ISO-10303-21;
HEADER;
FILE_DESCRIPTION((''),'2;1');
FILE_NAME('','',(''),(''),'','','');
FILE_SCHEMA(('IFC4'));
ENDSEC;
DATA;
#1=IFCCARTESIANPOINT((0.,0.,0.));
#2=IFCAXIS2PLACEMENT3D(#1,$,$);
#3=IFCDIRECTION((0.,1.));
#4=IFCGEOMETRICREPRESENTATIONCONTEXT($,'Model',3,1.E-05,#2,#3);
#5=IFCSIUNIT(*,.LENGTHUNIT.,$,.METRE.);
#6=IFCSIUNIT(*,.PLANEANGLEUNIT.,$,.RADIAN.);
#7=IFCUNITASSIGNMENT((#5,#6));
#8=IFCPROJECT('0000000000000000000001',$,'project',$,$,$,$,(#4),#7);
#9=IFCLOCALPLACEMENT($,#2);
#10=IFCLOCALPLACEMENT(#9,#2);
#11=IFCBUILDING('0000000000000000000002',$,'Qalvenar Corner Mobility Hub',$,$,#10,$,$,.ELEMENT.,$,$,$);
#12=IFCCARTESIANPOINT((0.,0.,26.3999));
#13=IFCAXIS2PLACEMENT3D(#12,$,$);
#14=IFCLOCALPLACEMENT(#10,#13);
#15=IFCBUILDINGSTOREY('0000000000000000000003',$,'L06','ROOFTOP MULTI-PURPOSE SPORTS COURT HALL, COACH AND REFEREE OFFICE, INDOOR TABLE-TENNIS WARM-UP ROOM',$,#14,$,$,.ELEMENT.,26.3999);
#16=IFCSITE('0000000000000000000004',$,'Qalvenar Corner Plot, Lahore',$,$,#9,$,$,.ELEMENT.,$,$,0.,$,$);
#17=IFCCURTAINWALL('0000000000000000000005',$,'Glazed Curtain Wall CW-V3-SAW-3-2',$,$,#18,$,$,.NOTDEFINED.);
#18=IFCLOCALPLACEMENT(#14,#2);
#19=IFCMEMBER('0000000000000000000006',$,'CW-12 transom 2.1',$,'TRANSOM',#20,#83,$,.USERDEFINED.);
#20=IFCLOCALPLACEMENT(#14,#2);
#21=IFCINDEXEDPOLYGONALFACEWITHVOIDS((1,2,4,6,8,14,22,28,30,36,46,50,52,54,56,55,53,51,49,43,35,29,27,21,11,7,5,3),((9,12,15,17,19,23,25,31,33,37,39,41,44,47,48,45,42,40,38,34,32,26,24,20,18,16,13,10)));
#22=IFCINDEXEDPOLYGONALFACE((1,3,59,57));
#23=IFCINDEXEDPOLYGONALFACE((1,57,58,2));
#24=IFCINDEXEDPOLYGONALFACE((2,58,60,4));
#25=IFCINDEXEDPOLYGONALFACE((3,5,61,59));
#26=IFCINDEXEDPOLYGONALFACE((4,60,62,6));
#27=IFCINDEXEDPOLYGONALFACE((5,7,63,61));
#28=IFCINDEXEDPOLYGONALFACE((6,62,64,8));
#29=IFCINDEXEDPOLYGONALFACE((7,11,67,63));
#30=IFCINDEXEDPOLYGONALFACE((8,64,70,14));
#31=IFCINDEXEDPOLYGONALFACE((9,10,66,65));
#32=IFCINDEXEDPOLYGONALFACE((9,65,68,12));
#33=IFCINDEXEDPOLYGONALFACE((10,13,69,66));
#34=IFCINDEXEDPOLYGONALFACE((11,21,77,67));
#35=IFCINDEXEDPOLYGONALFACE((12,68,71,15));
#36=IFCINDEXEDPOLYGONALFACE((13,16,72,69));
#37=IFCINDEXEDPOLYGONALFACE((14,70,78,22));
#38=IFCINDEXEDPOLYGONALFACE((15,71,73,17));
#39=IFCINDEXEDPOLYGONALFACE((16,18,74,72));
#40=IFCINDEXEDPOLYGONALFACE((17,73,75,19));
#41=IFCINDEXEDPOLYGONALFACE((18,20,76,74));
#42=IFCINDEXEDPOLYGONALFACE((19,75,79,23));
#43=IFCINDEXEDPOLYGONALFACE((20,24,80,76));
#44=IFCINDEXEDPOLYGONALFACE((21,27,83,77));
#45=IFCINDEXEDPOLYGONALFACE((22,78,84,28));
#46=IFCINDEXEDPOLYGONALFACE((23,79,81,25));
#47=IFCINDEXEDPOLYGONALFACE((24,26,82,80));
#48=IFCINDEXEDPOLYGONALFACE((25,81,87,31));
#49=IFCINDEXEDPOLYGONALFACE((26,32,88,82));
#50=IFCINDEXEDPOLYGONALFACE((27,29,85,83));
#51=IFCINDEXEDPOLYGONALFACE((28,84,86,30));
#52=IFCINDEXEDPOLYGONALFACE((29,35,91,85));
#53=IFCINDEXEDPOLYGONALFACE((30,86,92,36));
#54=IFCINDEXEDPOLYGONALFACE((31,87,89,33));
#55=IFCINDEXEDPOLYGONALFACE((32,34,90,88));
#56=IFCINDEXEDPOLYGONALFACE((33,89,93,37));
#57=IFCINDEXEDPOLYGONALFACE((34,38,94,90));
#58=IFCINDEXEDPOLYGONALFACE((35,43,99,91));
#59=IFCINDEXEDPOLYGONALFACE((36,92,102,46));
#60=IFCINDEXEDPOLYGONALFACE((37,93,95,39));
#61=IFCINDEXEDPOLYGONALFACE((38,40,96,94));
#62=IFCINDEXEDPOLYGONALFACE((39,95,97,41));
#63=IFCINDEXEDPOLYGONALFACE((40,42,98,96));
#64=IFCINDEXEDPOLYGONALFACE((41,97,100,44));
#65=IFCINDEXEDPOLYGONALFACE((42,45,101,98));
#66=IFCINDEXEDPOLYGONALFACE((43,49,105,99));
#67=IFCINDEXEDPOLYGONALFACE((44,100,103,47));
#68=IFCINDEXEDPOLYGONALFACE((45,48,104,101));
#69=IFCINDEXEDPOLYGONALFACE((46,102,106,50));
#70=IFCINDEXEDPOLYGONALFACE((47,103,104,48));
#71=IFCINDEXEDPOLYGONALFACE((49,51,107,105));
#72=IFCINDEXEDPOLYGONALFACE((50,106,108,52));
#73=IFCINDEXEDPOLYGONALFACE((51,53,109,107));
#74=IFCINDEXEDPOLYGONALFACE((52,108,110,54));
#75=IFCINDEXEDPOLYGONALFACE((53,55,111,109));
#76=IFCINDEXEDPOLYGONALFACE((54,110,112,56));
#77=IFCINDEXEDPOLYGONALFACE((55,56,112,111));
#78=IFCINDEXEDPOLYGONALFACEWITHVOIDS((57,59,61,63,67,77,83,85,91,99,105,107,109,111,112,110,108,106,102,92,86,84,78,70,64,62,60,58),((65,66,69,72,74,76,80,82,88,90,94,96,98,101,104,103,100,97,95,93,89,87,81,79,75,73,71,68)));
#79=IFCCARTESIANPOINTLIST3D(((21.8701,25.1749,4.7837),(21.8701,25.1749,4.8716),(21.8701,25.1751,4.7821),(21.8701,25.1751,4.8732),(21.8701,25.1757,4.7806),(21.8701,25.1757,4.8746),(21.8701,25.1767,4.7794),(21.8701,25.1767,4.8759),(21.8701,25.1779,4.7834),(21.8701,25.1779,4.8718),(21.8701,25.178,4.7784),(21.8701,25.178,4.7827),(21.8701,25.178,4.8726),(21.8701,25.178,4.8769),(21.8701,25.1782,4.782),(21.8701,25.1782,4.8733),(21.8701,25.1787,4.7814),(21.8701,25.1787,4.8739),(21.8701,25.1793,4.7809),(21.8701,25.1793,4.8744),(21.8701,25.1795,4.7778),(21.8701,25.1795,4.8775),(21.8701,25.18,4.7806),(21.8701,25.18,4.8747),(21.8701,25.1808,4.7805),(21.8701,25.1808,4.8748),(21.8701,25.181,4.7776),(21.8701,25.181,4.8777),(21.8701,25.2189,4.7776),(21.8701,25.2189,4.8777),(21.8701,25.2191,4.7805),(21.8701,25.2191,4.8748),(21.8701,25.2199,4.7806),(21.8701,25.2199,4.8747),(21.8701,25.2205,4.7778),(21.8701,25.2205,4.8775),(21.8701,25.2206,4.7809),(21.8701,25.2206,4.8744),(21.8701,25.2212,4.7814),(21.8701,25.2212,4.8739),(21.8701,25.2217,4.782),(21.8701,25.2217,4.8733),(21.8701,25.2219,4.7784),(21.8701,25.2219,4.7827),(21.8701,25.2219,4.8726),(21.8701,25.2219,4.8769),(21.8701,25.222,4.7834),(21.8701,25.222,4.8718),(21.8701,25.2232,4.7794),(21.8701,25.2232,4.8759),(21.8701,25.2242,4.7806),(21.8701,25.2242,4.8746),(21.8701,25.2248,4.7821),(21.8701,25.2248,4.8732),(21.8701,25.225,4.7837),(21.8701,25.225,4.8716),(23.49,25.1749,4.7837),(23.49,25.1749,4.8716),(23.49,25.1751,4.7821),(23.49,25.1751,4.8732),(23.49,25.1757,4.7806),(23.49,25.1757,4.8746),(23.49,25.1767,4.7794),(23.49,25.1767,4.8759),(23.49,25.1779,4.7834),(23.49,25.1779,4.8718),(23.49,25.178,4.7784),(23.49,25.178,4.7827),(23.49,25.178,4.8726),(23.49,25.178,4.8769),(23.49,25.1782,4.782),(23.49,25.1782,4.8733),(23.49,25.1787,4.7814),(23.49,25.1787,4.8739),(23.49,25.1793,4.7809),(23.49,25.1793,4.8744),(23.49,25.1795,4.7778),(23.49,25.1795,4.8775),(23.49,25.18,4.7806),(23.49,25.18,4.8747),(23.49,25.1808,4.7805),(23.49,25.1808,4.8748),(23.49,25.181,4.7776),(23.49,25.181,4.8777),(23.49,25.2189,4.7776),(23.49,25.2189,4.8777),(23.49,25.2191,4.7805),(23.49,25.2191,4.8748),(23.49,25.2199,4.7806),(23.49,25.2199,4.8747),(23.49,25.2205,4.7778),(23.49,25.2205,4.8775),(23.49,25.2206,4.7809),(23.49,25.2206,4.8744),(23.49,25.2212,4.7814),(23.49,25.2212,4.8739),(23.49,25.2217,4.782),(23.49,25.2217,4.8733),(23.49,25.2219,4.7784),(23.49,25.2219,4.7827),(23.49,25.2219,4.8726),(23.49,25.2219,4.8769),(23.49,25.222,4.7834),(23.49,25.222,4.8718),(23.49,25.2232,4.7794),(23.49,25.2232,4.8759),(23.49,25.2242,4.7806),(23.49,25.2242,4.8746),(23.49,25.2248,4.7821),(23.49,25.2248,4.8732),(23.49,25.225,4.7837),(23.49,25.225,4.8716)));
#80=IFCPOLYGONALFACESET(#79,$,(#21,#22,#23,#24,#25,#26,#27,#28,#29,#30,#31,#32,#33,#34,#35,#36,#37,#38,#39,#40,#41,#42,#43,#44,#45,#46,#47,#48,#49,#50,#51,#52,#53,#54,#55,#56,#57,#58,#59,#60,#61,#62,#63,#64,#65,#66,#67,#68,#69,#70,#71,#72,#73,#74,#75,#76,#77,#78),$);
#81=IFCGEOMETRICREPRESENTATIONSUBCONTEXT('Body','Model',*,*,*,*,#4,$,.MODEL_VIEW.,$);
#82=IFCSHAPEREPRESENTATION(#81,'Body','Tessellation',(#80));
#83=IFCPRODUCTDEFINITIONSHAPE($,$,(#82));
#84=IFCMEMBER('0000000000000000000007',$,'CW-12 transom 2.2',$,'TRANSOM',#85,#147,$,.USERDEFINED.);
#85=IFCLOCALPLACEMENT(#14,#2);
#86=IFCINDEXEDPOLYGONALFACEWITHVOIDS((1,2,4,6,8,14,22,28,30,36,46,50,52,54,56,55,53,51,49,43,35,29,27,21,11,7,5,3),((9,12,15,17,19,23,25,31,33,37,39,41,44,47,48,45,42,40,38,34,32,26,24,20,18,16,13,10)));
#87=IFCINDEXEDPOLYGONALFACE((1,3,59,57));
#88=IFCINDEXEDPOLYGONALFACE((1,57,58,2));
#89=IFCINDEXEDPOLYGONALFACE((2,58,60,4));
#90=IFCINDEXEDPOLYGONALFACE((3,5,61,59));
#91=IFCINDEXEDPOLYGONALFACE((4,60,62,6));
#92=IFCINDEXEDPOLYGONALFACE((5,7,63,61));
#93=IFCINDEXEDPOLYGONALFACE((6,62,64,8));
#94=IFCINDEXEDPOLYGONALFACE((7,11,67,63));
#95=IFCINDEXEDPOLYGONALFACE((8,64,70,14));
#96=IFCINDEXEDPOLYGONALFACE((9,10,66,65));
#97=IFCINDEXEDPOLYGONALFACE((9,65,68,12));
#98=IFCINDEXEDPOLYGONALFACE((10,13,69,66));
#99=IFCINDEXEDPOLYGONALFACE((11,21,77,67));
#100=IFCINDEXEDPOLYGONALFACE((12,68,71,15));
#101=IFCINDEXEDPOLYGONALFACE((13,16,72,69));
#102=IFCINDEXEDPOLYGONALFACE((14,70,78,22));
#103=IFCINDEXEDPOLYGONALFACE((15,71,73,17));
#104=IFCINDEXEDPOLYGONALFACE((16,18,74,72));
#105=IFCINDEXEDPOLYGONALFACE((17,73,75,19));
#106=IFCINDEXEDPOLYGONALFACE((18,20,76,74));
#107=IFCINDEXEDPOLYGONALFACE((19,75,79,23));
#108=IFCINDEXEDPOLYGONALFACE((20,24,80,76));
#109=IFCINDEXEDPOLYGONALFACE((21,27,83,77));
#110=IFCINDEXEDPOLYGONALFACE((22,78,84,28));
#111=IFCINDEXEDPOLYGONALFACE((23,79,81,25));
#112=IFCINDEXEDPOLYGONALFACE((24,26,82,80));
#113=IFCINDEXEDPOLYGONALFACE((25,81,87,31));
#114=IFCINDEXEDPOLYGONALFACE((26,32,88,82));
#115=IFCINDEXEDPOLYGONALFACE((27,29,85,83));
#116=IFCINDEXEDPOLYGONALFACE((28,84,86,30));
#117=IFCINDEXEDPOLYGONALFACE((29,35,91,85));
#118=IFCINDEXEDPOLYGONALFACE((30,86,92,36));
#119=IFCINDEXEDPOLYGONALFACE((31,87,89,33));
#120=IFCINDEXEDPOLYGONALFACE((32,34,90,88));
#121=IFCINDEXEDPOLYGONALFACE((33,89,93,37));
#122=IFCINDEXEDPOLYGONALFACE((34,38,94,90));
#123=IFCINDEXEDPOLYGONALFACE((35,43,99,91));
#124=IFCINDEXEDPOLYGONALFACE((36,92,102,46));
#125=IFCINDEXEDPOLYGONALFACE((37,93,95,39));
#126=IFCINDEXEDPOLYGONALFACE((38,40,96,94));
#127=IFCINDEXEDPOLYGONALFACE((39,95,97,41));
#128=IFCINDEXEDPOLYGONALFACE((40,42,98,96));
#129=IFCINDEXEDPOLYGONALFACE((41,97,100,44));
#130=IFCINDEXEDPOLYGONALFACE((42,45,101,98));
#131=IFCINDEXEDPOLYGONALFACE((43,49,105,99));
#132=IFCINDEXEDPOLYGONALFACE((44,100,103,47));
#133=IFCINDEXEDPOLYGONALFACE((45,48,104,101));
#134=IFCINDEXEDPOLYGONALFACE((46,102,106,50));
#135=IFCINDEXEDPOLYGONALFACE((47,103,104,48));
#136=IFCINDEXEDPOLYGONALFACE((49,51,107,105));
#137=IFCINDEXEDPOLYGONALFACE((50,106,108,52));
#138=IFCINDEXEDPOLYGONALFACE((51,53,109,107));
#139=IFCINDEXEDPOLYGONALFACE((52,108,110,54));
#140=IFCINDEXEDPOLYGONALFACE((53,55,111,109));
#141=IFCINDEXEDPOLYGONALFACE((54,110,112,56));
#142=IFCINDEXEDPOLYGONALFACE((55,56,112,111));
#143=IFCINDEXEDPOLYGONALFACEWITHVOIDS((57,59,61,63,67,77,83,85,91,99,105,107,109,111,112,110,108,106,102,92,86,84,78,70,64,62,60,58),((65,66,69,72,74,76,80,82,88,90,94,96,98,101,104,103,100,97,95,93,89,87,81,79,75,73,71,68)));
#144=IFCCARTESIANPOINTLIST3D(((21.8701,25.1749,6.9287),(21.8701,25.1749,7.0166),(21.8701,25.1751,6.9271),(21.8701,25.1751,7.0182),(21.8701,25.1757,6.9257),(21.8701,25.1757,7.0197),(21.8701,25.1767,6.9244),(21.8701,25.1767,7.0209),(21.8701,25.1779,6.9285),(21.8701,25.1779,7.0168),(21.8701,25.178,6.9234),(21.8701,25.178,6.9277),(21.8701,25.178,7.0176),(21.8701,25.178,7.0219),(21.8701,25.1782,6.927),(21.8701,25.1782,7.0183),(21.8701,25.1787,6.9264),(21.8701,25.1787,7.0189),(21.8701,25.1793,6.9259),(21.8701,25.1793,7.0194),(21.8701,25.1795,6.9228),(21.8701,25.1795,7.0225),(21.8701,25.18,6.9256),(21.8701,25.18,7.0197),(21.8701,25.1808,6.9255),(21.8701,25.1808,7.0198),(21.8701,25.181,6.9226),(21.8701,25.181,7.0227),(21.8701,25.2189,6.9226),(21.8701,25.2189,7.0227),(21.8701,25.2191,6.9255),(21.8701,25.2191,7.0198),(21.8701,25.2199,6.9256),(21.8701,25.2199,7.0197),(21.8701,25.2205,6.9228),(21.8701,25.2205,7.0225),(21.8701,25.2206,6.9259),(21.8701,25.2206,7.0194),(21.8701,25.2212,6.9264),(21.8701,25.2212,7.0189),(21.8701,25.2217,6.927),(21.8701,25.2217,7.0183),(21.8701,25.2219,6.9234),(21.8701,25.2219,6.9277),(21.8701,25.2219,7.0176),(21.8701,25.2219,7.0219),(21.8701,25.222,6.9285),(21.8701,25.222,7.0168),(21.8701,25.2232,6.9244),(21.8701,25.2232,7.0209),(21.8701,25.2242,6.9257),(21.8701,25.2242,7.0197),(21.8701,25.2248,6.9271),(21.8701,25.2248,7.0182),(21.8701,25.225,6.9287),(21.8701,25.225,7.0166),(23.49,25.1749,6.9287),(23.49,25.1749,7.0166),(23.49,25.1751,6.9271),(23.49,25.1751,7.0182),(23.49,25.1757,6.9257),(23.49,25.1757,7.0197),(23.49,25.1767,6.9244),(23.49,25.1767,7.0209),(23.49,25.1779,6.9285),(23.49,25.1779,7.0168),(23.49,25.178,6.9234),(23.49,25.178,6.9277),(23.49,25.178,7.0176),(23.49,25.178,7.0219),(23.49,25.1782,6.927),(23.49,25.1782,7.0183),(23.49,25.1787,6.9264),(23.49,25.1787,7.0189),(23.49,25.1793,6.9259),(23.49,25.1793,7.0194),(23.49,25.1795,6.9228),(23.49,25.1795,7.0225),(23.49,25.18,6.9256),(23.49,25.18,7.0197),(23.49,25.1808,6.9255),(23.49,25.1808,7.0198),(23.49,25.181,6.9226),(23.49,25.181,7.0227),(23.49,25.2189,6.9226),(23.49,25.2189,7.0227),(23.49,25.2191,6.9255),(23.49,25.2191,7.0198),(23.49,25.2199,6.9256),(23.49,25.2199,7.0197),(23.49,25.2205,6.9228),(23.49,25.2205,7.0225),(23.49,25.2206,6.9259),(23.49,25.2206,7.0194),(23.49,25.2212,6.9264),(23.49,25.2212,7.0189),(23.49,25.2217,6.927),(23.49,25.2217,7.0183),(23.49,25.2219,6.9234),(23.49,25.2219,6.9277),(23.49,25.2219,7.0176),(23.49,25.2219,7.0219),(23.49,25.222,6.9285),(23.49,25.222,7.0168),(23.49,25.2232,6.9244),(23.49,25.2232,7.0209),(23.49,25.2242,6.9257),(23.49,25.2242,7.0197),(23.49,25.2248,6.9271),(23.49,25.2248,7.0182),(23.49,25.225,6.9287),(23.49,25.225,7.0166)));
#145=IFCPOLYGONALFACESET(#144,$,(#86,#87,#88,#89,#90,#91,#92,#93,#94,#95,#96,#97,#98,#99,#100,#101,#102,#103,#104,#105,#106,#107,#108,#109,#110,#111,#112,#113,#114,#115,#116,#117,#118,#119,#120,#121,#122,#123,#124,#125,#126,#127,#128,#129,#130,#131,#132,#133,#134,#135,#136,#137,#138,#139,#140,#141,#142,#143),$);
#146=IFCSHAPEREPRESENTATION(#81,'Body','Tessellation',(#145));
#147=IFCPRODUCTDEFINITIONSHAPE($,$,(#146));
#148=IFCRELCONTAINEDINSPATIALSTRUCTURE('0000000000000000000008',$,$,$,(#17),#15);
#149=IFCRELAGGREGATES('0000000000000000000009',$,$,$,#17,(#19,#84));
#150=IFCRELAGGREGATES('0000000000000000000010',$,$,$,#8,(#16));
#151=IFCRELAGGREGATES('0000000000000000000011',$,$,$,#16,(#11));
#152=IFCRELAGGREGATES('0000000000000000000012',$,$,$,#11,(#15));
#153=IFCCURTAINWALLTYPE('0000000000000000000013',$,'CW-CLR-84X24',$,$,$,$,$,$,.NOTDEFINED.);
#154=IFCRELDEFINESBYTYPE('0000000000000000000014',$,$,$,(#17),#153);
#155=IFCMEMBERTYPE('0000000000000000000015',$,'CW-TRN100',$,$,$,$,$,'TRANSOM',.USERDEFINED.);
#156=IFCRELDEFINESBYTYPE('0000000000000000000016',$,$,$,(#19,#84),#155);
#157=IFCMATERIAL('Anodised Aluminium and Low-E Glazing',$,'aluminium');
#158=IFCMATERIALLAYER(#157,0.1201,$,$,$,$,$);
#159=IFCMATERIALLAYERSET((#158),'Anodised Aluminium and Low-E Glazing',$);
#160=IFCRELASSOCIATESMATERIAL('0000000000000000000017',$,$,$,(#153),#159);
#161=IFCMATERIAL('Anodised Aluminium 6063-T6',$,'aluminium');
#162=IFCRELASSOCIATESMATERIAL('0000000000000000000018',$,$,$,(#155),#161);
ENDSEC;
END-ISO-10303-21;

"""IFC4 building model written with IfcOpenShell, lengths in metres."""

from ifc_helpers import new_model, si_unit, direction, frame, origin, origin_2d, place, context, subcontext, project, spatial, hollow_rectangle, extrude, material, layer, layer_set, material_profile, profile_set, type_object, element, aggregate, save


model = new_model("IFC4")

# Units and contexts
model_context = context("Model", 3, precision=1e-05, world=origin(), true_north=direction((0.0, 1.0)))
body_context = subcontext(model_context, "Body", "Model", "MODEL_VIEW")
ifc_project = project(units=[si_unit("LENGTHUNIT", "METRE"), si_unit("PLANEANGLEUNIT", "RADIAN")], contexts=[model_context])

# Site, building, storey
site_placement = place(None, origin())
site = spatial("IfcSite", under=ifc_project, at=site_placement, Name="Qalvenar Corner Plot, Lahore", CompositionType="ELEMENT", RefElevation=0.0)
building_placement = place(site_placement, origin())
building = spatial("IfcBuilding", under=site, at=building_placement, Name="Qalvenar Corner Mobility Hub", CompositionType="ELEMENT")
storey_placement = place(building_placement, frame((0.0, 0.0, 26.3999)))
storey = spatial("IfcBuildingStorey", under=building, at=storey_placement, Name="L06", Description="ROOFTOP MULTI-PURPOSE SPORTS COURT HALL, COACH AND REFEREE OFFICE, INDOOR TABLE-TENNIS WARM-UP ROOM", CompositionType="ELEMENT", Elevation=26.3999)

# Curtain wall
ifc_material_1 = material(Name="Anodised Aluminium and Low-E Glazing", Category="aluminium")
ifc_layer_1 = layer(ifc_material_1, 0.1201)
ifc_layer_set_1 = layer_set([ifc_layer_1], Name="Anodised Aluminium and Low-E Glazing")
curtain_wall_type = type_object("IfcCurtainWallType", Name="CW-CLR-84X24", PredefinedType="NOTDEFINED", material=ifc_layer_set_1)
curtain_wall_1_placement = place(storey_placement, origin())
curtain_wall_1 = element("IfcCurtainWall", 1, at=curtain_wall_1_placement, inside=storey, type_object=curtain_wall_type, Name="Glazed Curtain Wall CW-V3-SAW-3-2", PredefinedType="NOTDEFINED")
ifc_material_2 = material(Name="Anodised Aluminium 6063-T6", Category="aluminium")

# Members
ifc_material_profile_1 = material_profile(ifc_material_2, hollow_rectangle(XDim=0.05, YDim=0.1001, WallThickness=0.0029, InnerFilletRadius=0.0029, OuterFilletRadius=0.0061, at=origin_2d()), Name="RHS100x50x3")
ifc_profile_set_1 = profile_set([ifc_material_profile_1], Name="Anodised Aluminium 6063-T6")
member_type_1 = type_object("IfcMemberType", Name="CW-TRN100", ElementType="TRANSOM", PredefinedType="USERDEFINED", material=ifc_profile_set_1)
member_1_placement = place(storey_placement, frame((23.49, 25.2, 4.8276), z_axis=(-1.0, 0.0, 0.0), x_axis=(0.0, -1.0, 0.0)))
member_1 = element("IfcMember", 2, at=member_1_placement, type_object=member_type_1, Name="CW-12 transom 2.1", ObjectType="TRANSOM", PredefinedType="USERDEFINED", context=body_context, shape_type="SweptSolid", body=[
    extrude(hollow_rectangle(XDim=0.05, YDim=0.1001, WallThickness=0.0029, InnerFilletRadius=0.0029, OuterFilletRadius=0.0061, at=origin_2d()), origin(), (0.0, 0.0, 1.0), 1.6199),
])
member_2_placement = place(storey_placement, frame((23.49, 25.2, 6.9727), z_axis=(-1.0, 0.0, 0.0), x_axis=(0.0, -1.0, 0.0)))
member_2 = element("IfcMember", 3, at=member_2_placement, type_object=member_type_1, Name="CW-12 transom 2.2", ObjectType="TRANSOM", PredefinedType="USERDEFINED", context=body_context, shape_type="SweptSolid", body=[
    extrude(hollow_rectangle(XDim=0.05, YDim=0.1001, WallThickness=0.0029, InnerFilletRadius=0.0029, OuterFilletRadius=0.0061, at=origin_2d()), origin(), (0.0, 0.0, 1.0), 1.6199),
])

aggregate(curtain_wall_1, [member_1, member_2])

save(model, "model.ifc")
